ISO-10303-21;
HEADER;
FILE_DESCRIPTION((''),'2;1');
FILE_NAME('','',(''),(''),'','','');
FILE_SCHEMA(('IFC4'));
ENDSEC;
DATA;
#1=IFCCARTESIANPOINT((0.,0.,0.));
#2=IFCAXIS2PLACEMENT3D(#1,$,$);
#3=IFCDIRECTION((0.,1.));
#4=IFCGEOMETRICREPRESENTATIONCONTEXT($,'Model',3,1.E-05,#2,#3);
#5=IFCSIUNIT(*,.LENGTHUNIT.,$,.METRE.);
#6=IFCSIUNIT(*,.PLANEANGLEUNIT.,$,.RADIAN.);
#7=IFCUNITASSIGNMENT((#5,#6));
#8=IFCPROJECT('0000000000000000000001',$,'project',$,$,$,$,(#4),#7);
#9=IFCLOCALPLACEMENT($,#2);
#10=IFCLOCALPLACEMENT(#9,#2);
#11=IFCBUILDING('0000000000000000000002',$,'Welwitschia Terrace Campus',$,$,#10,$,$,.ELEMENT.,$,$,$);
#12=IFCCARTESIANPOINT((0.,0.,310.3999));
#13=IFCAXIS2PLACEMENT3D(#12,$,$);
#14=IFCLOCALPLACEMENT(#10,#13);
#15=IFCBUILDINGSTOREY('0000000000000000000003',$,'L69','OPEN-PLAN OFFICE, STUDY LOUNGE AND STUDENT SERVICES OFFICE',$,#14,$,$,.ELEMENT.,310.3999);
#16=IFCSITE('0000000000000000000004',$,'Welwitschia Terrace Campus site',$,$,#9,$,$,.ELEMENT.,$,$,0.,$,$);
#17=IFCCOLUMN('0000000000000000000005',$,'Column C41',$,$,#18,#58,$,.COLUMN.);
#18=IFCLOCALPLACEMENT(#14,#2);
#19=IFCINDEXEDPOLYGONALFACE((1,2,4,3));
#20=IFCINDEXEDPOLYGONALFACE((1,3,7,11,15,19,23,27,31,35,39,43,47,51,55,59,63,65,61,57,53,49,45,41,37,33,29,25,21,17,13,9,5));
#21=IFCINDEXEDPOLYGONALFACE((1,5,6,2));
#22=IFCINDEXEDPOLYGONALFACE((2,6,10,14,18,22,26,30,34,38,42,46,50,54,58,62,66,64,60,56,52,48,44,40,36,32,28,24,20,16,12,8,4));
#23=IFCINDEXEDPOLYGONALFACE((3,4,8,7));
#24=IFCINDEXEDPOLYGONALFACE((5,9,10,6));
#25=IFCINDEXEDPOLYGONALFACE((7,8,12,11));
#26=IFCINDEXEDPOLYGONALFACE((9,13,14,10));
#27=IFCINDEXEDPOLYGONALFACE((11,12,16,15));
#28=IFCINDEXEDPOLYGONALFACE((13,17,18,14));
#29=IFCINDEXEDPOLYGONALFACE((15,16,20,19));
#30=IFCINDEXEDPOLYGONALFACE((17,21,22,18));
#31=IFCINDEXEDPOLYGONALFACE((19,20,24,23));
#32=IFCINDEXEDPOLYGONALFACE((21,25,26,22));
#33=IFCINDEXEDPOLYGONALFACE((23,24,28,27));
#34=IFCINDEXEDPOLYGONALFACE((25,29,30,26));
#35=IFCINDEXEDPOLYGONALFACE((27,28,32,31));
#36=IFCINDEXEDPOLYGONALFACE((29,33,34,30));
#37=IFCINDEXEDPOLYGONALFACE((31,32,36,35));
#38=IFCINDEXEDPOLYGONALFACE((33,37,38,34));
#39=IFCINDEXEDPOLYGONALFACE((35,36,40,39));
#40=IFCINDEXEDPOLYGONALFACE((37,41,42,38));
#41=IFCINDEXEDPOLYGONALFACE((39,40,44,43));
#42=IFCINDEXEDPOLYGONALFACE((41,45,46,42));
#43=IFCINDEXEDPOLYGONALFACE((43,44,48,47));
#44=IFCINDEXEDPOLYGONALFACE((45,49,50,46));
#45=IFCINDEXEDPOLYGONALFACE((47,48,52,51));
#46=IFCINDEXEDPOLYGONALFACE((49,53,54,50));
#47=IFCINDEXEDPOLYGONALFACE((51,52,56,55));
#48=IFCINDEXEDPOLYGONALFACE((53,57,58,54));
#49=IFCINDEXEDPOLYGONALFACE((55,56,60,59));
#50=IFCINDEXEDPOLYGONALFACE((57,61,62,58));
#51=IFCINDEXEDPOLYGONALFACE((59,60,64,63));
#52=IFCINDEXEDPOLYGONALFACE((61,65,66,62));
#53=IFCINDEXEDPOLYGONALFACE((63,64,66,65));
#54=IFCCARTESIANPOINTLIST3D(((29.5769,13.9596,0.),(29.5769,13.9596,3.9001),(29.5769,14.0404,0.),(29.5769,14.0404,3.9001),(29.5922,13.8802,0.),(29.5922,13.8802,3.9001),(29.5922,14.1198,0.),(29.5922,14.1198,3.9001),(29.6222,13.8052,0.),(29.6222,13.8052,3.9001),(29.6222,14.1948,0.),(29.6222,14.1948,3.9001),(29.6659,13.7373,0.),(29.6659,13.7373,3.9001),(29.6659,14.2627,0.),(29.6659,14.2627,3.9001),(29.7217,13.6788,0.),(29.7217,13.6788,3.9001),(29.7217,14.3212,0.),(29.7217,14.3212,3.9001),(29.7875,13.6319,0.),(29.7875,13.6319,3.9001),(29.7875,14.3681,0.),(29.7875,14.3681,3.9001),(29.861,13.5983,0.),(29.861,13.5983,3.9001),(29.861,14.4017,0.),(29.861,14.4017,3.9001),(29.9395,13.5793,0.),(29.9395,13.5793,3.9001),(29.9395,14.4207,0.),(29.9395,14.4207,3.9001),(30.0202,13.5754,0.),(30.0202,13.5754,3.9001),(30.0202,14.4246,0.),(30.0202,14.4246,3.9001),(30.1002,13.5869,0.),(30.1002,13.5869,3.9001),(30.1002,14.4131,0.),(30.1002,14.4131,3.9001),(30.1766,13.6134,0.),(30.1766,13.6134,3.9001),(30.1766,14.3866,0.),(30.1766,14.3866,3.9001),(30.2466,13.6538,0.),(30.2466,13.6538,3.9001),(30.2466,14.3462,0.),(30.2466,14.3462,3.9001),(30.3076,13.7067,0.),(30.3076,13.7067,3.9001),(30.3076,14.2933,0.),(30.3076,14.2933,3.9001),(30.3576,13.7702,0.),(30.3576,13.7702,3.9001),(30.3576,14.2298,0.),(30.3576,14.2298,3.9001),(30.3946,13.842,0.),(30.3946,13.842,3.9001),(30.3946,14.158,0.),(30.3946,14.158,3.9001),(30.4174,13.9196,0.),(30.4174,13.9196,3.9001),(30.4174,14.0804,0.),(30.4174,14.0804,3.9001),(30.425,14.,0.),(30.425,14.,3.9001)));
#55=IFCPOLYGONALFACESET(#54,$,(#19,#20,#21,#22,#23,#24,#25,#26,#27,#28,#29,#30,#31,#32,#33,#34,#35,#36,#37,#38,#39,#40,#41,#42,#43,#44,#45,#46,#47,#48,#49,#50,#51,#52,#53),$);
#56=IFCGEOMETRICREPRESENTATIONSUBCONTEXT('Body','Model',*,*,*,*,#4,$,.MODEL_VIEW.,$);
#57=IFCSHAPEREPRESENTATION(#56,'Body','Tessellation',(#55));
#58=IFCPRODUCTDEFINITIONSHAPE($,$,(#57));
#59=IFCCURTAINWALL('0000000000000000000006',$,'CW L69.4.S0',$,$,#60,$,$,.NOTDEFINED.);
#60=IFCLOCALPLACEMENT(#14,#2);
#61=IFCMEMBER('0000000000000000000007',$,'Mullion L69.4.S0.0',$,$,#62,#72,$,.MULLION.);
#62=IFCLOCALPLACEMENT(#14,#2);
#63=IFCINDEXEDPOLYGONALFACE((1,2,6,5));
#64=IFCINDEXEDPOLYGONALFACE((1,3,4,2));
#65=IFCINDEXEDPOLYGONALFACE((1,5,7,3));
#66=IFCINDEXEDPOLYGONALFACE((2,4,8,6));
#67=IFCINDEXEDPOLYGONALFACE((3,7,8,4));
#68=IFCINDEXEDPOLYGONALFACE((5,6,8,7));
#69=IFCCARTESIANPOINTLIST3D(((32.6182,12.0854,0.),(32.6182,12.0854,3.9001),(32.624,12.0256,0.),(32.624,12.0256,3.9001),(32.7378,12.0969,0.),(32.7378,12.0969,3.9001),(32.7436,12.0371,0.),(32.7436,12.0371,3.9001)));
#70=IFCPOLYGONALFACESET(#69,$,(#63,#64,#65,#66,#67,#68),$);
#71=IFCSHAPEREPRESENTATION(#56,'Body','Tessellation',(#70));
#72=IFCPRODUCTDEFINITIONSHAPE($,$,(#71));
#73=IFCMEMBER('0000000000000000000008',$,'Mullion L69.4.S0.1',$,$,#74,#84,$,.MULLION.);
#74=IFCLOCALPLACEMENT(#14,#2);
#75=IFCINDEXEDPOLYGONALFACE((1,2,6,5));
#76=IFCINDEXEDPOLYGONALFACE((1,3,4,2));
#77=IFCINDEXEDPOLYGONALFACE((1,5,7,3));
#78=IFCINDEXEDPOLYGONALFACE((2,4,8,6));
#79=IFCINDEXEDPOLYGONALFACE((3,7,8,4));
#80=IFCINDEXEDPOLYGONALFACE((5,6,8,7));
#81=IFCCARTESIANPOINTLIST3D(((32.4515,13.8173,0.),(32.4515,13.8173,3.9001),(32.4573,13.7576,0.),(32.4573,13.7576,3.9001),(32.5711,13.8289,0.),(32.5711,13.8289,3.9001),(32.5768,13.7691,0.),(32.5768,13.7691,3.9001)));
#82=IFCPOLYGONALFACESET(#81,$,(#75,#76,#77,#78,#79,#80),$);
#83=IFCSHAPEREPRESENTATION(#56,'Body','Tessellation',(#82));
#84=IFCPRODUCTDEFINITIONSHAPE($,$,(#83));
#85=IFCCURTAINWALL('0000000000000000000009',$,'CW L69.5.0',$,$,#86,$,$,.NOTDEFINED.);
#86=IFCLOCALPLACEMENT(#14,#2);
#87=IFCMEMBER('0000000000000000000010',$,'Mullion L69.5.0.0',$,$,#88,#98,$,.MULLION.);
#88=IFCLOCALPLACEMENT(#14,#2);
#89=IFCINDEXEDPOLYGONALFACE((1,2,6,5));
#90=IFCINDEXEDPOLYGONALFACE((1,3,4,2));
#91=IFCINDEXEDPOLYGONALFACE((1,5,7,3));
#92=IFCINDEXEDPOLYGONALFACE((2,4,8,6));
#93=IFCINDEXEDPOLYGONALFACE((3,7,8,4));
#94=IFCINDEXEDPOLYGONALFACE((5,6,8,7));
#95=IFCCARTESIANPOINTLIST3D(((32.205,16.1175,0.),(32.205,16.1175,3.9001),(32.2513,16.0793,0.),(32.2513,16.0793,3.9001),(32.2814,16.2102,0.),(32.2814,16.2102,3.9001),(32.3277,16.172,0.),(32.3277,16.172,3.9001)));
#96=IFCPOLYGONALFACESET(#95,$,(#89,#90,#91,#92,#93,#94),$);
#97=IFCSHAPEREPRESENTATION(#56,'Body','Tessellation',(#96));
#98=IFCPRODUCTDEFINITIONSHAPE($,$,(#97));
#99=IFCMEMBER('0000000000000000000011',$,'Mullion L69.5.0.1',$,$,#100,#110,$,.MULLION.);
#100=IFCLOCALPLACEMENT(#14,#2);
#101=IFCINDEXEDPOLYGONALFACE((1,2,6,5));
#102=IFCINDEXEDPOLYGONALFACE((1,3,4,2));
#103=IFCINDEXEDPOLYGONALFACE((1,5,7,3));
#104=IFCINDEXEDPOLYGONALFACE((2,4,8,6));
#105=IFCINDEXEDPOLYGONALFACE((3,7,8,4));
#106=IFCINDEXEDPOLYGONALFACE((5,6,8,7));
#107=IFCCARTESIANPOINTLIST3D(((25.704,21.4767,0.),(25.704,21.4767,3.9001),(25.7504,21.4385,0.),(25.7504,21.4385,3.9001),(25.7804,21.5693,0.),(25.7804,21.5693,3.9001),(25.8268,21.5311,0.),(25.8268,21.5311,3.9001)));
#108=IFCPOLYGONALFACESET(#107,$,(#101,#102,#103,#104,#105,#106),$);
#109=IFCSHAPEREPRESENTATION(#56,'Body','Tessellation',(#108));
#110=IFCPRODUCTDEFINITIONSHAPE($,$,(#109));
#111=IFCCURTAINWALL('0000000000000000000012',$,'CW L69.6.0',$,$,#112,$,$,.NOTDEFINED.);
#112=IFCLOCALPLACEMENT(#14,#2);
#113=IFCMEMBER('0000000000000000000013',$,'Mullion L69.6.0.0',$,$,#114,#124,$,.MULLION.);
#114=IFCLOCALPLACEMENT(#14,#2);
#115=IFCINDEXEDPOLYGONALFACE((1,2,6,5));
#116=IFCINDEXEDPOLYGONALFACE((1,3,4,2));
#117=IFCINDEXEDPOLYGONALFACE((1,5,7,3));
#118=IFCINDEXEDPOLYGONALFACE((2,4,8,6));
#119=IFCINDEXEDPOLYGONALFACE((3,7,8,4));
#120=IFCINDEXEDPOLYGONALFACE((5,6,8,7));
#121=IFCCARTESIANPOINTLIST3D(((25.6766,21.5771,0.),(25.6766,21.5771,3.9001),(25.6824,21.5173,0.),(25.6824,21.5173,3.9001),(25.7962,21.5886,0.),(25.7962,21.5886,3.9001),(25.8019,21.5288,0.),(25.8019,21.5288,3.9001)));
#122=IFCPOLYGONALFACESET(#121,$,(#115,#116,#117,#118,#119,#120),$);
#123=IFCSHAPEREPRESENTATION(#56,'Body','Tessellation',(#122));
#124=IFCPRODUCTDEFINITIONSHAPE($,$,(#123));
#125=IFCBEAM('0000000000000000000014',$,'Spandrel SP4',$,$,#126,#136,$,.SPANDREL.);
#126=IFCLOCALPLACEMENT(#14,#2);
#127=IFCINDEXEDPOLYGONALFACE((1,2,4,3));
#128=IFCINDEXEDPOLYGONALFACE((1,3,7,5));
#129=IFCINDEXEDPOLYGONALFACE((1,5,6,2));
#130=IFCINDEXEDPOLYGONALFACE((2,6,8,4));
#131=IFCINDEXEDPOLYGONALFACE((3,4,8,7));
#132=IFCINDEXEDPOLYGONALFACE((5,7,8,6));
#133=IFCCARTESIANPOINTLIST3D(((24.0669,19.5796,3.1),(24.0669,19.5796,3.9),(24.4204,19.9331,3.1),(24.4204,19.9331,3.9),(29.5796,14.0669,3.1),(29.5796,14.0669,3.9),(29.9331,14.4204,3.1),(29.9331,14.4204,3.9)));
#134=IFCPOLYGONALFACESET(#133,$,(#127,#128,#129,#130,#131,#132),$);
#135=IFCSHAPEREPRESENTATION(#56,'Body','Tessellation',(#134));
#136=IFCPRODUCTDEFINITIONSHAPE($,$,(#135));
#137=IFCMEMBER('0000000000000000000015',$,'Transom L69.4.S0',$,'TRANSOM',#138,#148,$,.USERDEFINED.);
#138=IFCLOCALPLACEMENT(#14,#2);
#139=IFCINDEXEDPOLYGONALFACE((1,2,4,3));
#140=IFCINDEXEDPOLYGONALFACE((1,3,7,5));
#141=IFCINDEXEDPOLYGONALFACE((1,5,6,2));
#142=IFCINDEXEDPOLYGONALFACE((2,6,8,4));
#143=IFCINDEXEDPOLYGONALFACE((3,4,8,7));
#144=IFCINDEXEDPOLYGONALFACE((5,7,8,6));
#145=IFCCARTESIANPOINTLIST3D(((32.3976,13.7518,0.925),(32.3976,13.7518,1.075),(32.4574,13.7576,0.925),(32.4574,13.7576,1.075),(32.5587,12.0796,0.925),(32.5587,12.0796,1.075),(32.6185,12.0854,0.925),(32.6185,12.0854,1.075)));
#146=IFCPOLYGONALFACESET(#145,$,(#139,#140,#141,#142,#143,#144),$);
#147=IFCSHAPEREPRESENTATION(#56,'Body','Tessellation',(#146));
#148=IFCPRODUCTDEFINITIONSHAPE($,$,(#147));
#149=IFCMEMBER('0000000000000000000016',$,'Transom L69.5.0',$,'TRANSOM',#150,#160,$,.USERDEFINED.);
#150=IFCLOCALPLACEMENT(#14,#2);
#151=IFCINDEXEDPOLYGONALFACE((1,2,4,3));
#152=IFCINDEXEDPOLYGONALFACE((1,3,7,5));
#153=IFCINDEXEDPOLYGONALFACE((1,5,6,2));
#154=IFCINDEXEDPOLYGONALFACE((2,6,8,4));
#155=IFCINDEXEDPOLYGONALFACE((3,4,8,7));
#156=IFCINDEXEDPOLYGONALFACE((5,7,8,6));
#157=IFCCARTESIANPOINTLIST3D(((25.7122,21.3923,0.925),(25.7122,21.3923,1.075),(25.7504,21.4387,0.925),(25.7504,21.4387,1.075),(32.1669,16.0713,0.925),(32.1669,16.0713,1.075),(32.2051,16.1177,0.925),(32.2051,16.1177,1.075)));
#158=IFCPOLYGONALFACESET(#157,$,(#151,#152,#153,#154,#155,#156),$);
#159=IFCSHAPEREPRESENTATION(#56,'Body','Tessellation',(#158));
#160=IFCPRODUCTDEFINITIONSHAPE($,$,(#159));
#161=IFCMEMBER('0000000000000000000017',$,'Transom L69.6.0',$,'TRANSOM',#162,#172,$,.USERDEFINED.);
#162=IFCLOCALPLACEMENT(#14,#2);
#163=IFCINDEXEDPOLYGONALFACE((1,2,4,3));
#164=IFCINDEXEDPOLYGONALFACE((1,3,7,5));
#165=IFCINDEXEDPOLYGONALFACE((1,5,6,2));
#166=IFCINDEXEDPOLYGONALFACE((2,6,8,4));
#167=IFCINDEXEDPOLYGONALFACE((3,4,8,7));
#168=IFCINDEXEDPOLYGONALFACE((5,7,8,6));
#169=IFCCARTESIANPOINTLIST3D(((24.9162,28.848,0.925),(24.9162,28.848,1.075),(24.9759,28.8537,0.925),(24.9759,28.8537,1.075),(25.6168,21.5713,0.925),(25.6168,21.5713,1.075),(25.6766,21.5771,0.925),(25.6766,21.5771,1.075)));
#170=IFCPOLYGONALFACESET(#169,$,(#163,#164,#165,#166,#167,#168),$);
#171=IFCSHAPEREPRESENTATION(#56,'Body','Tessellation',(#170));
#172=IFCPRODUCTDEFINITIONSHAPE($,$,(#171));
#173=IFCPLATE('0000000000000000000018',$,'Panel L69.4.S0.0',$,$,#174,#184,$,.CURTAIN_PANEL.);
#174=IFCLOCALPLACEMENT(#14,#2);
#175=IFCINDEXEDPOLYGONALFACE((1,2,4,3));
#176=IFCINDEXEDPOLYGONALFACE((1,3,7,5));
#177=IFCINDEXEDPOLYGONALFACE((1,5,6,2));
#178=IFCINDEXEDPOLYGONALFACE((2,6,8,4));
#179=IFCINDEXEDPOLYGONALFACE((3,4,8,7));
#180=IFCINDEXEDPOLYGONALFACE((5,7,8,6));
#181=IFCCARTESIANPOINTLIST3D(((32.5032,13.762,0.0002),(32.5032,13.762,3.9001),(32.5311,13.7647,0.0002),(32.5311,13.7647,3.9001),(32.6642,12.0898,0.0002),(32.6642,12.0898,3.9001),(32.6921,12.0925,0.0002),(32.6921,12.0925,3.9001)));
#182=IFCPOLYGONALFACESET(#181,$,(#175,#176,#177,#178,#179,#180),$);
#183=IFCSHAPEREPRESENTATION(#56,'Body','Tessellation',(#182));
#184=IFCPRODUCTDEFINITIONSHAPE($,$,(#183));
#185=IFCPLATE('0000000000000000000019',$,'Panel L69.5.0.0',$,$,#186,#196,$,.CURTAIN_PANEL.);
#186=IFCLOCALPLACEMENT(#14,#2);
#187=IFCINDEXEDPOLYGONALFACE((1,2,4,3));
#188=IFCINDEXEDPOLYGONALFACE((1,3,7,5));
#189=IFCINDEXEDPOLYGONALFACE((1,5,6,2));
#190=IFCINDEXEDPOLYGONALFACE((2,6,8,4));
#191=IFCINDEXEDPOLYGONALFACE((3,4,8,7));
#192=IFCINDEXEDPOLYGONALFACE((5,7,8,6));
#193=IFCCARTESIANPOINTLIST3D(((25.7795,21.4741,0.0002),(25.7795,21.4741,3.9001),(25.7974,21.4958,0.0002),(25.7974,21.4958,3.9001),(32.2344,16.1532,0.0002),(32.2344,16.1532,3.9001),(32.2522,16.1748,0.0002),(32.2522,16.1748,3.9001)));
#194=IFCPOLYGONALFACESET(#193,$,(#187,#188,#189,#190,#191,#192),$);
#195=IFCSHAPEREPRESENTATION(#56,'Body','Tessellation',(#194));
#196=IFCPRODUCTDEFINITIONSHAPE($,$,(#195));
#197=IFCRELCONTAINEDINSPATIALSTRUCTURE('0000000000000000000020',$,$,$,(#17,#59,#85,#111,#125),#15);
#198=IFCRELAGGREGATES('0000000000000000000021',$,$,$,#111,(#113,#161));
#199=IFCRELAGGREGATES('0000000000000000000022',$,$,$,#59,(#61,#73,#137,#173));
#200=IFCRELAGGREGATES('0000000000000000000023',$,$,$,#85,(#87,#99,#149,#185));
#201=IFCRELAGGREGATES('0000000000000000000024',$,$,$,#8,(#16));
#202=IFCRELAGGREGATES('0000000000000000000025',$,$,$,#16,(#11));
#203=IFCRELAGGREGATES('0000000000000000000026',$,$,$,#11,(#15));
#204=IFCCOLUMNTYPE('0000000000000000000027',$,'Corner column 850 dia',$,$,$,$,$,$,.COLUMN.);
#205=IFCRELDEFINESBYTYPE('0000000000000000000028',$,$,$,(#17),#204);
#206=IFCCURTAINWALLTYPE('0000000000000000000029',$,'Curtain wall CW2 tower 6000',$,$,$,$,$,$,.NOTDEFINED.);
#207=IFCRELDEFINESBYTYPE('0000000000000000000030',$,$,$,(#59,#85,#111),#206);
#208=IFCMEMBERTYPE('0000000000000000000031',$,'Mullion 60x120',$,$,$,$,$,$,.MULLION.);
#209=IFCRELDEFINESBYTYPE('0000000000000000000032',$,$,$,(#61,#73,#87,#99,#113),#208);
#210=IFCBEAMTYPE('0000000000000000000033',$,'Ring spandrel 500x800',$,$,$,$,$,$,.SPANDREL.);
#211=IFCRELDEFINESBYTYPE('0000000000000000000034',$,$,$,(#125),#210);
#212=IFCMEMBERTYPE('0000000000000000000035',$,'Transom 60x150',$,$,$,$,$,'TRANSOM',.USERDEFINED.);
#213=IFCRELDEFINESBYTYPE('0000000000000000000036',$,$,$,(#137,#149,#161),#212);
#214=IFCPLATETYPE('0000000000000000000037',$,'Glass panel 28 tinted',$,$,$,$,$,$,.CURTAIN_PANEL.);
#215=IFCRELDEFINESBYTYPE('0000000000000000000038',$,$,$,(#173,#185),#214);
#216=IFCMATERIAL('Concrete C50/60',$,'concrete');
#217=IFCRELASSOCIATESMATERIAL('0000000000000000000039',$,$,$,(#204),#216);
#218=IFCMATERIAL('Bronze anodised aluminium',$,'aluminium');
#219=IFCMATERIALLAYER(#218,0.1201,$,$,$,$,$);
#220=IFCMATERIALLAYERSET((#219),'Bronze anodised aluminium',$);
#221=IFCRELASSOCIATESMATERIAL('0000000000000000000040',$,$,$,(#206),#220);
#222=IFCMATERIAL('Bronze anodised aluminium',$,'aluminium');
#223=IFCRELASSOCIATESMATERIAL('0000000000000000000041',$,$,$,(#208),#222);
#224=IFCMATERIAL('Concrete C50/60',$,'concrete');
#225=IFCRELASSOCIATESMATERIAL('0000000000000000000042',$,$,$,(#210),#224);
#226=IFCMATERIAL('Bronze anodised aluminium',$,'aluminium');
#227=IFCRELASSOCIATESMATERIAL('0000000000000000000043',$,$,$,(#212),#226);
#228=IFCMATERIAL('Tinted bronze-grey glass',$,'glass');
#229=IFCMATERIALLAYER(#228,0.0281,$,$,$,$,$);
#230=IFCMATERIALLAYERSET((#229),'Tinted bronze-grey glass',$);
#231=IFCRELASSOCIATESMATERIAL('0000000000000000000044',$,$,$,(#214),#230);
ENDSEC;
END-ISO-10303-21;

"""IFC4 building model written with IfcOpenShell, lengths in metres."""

from ifc_helpers import new_model, si_unit, direction, frame, origin, origin_2d, place, context, subcontext, project, spatial, rectangle, circle, extrude, material, layer, layer_set, material_profile, profile_set, type_object, element, aggregate, save


model = new_model("IFC4")

# Units and contexts
model_context = context("Model", 3, precision=1e-05, world=origin(), true_north=direction((0.0, 1.0)))
body_context = subcontext(model_context, "Body", "Model", "MODEL_VIEW")
ifc_project = project(units=[si_unit("LENGTHUNIT", "METRE"), si_unit("PLANEANGLEUNIT", "RADIAN")], contexts=[model_context])

# Site, building, storey
site_placement = place(None, origin())
site = spatial("IfcSite", under=ifc_project, at=site_placement, Name="Welwitschia Terrace Campus site", CompositionType="ELEMENT", RefElevation=0.0)
building_placement = place(site_placement, origin())
building = spatial("IfcBuilding", under=site, at=building_placement, Name="Welwitschia Terrace Campus", CompositionType="ELEMENT")
storey_placement = place(building_placement, frame((0.0, 0.0, 310.3999)))
storey = spatial("IfcBuildingStorey", under=building, at=storey_placement, Name="L69", Description="OPEN-PLAN OFFICE, STUDY LOUNGE AND STUDENT SERVICES OFFICE", CompositionType="ELEMENT", Elevation=310.3999)

# Column
ifc_material_1 = material(Name="Concrete C50/60", Category="concrete")
ifc_material_profile_1 = material_profile(ifc_material_1, circle(Radius=0.425, at=origin_2d()))
ifc_profile_set_1 = profile_set([ifc_material_profile_1], Name="Concrete C50/60")
column_type = type_object("IfcColumnType", Name="Corner column 850 dia", PredefinedType="COLUMN", material=ifc_profile_set_1)
column_placement = place(storey_placement, frame((30.0, 14.0, 0.0), z_axis=(0.0, 0.0, 1.0), x_axis=(1.0, 0.0, 0.0)))
element("IfcColumn", 1, at=column_placement, inside=storey, type_object=column_type, Name="Column C41", PredefinedType="COLUMN", context=body_context, shape_type="SweptSolid", body=[
    extrude(circle(Radius=0.425, at=origin_2d()), origin(), (0.0, 0.0, 1.0), 3.9001),
])

# Curtain walls, members
ifc_material_2 = material(Name="Bronze anodised aluminium", Category="aluminium")
ifc_layer_1 = layer(ifc_material_2, 0.1201)
ifc_layer_set_1 = layer_set([ifc_layer_1], Name="Bronze anodised aluminium")
curtain_wall_type = type_object("IfcCurtainWallType", Name="Curtain wall CW2 tower 6000", PredefinedType="NOTDEFINED", material=ifc_layer_set_1)
curtain_wall_1_placement = place(storey_placement, origin())
curtain_wall_1 = element("IfcCurtainWall", 2, at=curtain_wall_1_placement, inside=storey, type_object=curtain_wall_type, Name="CW L69.4.S0", PredefinedType="NOTDEFINED")
ifc_material_3 = material(Name="Bronze anodised aluminium", Category="aluminium")
ifc_material_profile_2 = material_profile(ifc_material_3, rectangle(XDim=0.1201, YDim=0.0601, at=origin_2d()))
ifc_profile_set_2 = profile_set([ifc_material_profile_2], Name="Bronze anodised aluminium")
member_type_1 = type_object("IfcMemberType", Name="Mullion 60x120", PredefinedType="MULLION", material=ifc_profile_set_2)
member_1_placement = place(storey_placement, frame((32.6809, 12.0613, 0.0), z_axis=(0.0, 0.0, 1.0), x_axis=(-0.995396, -0.095846, 0.0)))
member_1 = element("IfcMember", 3, at=member_1_placement, type_object=member_type_1, Name="Mullion L69.4.S0.0", PredefinedType="MULLION", context=body_context, shape_type="SweptSolid", body=[
    extrude(rectangle(XDim=0.1201, YDim=0.0601, at=origin_2d()), origin(), (0.0, 0.0, 1.0), 3.9001),
])
member_2_placement = place(storey_placement, frame((32.5142, 13.7932, 0.0), z_axis=(0.0, 0.0, 1.0), x_axis=(-0.995396, -0.095846, 0.0)))
member_2 = element("IfcMember", 4, at=member_2_placement, type_object=member_type_1, Name="Mullion L69.4.S0.1", PredefinedType="MULLION", context=body_context, shape_type="SweptSolid", body=[
    extrude(rectangle(XDim=0.1201, YDim=0.0601, at=origin_2d()), origin(), (0.0, 0.0, 1.0), 3.9001),
])
curtain_wall_2_placement = place(storey_placement, origin())
curtain_wall_2 = element("IfcCurtainWall", 5, at=curtain_wall_2_placement, inside=storey, type_object=curtain_wall_type, Name="CW L69.5.0", PredefinedType="NOTDEFINED")
member_3_placement = place(storey_placement, frame((32.2664, 16.1448, 0.0), z_axis=(0.0, 0.0, 1.0), x_axis=(-0.636078, -0.771625, 0.0)))
member_3 = element("IfcMember", 6, at=member_3_placement, type_object=member_type_1, Name="Mullion L69.5.0.0", PredefinedType="MULLION", context=body_context, shape_type="SweptSolid", body=[
    extrude(rectangle(XDim=0.1201, YDim=0.0601, at=origin_2d()), origin(), (0.0, 0.0, 1.0), 3.9001),
])
member_4_placement = place(storey_placement, frame((25.7654, 21.5039, 0.0), z_axis=(0.0, 0.0, 1.0), x_axis=(-0.636078, -0.771625, 0.0)))
member_4 = element("IfcMember", 7, at=member_4_placement, type_object=member_type_1, Name="Mullion L69.5.0.1", PredefinedType="MULLION", context=body_context, shape_type="SweptSolid", body=[
    extrude(rectangle(XDim=0.1201, YDim=0.0601, at=origin_2d()), origin(), (0.0, 0.0, 1.0), 3.9001),
])

# Curtain wall, member
curtain_wall_3_placement = place(storey_placement, origin())
curtain_wall_3 = element("IfcCurtainWall", 8, at=curtain_wall_3_placement, inside=storey, type_object=curtain_wall_type, Name="CW L69.6.0", PredefinedType="NOTDEFINED")
member_5_placement = place(storey_placement, frame((25.7393, 21.553, 0.0), z_axis=(0.0, 0.0, 1.0), x_axis=(-0.995396, -0.095846, 0.0)))
member_5 = element("IfcMember", 9, at=member_5_placement, type_object=member_type_1, Name="Mullion L69.6.0.0", PredefinedType="MULLION", context=body_context, shape_type="SweptSolid", body=[
    extrude(rectangle(XDim=0.1201, YDim=0.0601, at=origin_2d()), origin(), (0.0, 0.0, 1.0), 3.9001),
])

# Beam
ifc_material_4 = material(Name="Concrete C50/60", Category="concrete")
ifc_material_profile_3 = material_profile(ifc_material_4, rectangle(XDim=0.5, YDim=0.8, at=origin_2d()))
ifc_profile_set_3 = profile_set([ifc_material_profile_3], Name="Concrete C50/60")
beam_type = type_object("IfcBeamType", Name="Ring spandrel 500x800", PredefinedType="SPANDREL", material=ifc_profile_set_3)
beam_placement = place(storey_placement, frame((29.7563, 14.2437, 3.5), z_axis=(-0.707107, 0.707107, 0.0), x_axis=(-0.707107, -0.707107, 0.0)))
element("IfcBeam", 10, at=beam_placement, inside=storey, type_object=beam_type, Name="Spandrel SP4", PredefinedType="SPANDREL", context=body_context, shape_type="SweptSolid", body=[
    extrude(rectangle(XDim=0.5, YDim=0.8, at=origin_2d()), origin(), (0.0, 0.0, 1.0), 7.7961),
])

# Members
ifc_material_5 = material(Name="Bronze anodised aluminium", Category="aluminium")
ifc_material_profile_4 = material_profile(ifc_material_5, rectangle(XDim=0.0601, YDim=0.1499, at=origin_2d()))
ifc_profile_set_4 = profile_set([ifc_material_profile_4], Name="Bronze anodised aluminium")
member_type_2 = type_object("IfcMemberType", Name="Transom 60x150", ElementType="TRANSOM", PredefinedType="USERDEFINED", material=ifc_profile_set_4)
member_6_placement = place(storey_placement, frame((32.5886, 12.0825, 1.0), z_axis=(-0.09592, 0.995389, 0.0), x_axis=(-0.995389, -0.09592, 0.0)))
member_6 = element("IfcMember", 11, at=member_6_placement, type_object=member_type_2, Name="Transom L69.4.S0", ObjectType="TRANSOM", PredefinedType="USERDEFINED", context=body_context, shape_type="SweptSolid", body=[
    extrude(rectangle(XDim=0.0601, YDim=0.1499, at=origin_2d()), origin(), (0.0, 0.0, 1.0), 1.6799),
])
member_7_placement = place(storey_placement, frame((32.186, 16.0945, 1.0), z_axis=(-0.771619, 0.636085, 0.0), x_axis=(-0.636085, -0.771619, 0.0)))
member_7 = element("IfcMember", 12, at=member_7_placement, type_object=member_type_2, Name="Transom L69.5.0", ObjectType="TRANSOM", PredefinedType="USERDEFINED", context=body_context, shape_type="SweptSolid", body=[
    extrude(rectangle(XDim=0.0601, YDim=0.1499, at=origin_2d()), origin(), (0.0, 0.0, 1.0), 8.3652),
])
member_8_placement = place(storey_placement, frame((25.6467, 21.5742, 1.0), z_axis=(-0.095849, 0.995396, 0.0), x_axis=(-0.995396, -0.095849, 0.0)))
member_8 = element("IfcMember", 13, at=member_8_placement, type_object=member_type_2, Name="Transom L69.6.0", ObjectType="TRANSOM", PredefinedType="USERDEFINED", context=body_context, shape_type="SweptSolid", body=[
    extrude(rectangle(XDim=0.0601, YDim=0.1499, at=origin_2d()), origin(), (0.0, 0.0, 1.0), 7.3103),
])
aggregate(curtain_wall_3, [member_5, member_8])

# Plates
ifc_material_6 = material(Name="Tinted bronze-grey glass", Category="glass")
ifc_layer_2 = layer(ifc_material_6, 0.0281)
ifc_layer_set_2 = layer_set([ifc_layer_2], Name="Tinted bronze-grey glass")
plate_type = type_object("IfcPlateType", Name="Glass panel 28 tinted", PredefinedType="CURTAIN_PANEL", material=ifc_layer_set_2)
plate_1_placement = place(storey_placement, frame((32.5977, 12.9272, 0.0002), z_axis=(0.0, 0.0, 1.0), x_axis=(-0.095846, 0.995396, 0.0)))
plate_1 = element("IfcPlate", 14, at=plate_1_placement, type_object=plate_type, Name="Panel L69.4.S0.0", PredefinedType="CURTAIN_PANEL", context=body_context, shape_type="SweptSolid", body=[
    extrude(rectangle(XDim=1.6799, YDim=0.0281, at=origin_2d()), origin(), (0.0, 0.0, 1.0), 3.8999),
])
aggregate(curtain_wall_1, [member_1, member_2, member_6, plate_1])
plate_2_placement = place(storey_placement, frame((29.0159, 18.8245, 0.0002), z_axis=(0.0, 0.0, 1.0), x_axis=(-0.771625, 0.636078, 0.0)))
plate_2 = element("IfcPlate", 15, at=plate_2_placement, type_object=plate_type, Name="Panel L69.5.0.0", PredefinedType="CURTAIN_PANEL", context=body_context, shape_type="SweptSolid", body=[
    extrude(rectangle(XDim=8.3652, YDim=0.0281, at=origin_2d()), origin(), (0.0, 0.0, 1.0), 3.8999),
])
aggregate(curtain_wall_2, [member_3, member_4, member_7, plate_2])

save(model, "model.ifc")
